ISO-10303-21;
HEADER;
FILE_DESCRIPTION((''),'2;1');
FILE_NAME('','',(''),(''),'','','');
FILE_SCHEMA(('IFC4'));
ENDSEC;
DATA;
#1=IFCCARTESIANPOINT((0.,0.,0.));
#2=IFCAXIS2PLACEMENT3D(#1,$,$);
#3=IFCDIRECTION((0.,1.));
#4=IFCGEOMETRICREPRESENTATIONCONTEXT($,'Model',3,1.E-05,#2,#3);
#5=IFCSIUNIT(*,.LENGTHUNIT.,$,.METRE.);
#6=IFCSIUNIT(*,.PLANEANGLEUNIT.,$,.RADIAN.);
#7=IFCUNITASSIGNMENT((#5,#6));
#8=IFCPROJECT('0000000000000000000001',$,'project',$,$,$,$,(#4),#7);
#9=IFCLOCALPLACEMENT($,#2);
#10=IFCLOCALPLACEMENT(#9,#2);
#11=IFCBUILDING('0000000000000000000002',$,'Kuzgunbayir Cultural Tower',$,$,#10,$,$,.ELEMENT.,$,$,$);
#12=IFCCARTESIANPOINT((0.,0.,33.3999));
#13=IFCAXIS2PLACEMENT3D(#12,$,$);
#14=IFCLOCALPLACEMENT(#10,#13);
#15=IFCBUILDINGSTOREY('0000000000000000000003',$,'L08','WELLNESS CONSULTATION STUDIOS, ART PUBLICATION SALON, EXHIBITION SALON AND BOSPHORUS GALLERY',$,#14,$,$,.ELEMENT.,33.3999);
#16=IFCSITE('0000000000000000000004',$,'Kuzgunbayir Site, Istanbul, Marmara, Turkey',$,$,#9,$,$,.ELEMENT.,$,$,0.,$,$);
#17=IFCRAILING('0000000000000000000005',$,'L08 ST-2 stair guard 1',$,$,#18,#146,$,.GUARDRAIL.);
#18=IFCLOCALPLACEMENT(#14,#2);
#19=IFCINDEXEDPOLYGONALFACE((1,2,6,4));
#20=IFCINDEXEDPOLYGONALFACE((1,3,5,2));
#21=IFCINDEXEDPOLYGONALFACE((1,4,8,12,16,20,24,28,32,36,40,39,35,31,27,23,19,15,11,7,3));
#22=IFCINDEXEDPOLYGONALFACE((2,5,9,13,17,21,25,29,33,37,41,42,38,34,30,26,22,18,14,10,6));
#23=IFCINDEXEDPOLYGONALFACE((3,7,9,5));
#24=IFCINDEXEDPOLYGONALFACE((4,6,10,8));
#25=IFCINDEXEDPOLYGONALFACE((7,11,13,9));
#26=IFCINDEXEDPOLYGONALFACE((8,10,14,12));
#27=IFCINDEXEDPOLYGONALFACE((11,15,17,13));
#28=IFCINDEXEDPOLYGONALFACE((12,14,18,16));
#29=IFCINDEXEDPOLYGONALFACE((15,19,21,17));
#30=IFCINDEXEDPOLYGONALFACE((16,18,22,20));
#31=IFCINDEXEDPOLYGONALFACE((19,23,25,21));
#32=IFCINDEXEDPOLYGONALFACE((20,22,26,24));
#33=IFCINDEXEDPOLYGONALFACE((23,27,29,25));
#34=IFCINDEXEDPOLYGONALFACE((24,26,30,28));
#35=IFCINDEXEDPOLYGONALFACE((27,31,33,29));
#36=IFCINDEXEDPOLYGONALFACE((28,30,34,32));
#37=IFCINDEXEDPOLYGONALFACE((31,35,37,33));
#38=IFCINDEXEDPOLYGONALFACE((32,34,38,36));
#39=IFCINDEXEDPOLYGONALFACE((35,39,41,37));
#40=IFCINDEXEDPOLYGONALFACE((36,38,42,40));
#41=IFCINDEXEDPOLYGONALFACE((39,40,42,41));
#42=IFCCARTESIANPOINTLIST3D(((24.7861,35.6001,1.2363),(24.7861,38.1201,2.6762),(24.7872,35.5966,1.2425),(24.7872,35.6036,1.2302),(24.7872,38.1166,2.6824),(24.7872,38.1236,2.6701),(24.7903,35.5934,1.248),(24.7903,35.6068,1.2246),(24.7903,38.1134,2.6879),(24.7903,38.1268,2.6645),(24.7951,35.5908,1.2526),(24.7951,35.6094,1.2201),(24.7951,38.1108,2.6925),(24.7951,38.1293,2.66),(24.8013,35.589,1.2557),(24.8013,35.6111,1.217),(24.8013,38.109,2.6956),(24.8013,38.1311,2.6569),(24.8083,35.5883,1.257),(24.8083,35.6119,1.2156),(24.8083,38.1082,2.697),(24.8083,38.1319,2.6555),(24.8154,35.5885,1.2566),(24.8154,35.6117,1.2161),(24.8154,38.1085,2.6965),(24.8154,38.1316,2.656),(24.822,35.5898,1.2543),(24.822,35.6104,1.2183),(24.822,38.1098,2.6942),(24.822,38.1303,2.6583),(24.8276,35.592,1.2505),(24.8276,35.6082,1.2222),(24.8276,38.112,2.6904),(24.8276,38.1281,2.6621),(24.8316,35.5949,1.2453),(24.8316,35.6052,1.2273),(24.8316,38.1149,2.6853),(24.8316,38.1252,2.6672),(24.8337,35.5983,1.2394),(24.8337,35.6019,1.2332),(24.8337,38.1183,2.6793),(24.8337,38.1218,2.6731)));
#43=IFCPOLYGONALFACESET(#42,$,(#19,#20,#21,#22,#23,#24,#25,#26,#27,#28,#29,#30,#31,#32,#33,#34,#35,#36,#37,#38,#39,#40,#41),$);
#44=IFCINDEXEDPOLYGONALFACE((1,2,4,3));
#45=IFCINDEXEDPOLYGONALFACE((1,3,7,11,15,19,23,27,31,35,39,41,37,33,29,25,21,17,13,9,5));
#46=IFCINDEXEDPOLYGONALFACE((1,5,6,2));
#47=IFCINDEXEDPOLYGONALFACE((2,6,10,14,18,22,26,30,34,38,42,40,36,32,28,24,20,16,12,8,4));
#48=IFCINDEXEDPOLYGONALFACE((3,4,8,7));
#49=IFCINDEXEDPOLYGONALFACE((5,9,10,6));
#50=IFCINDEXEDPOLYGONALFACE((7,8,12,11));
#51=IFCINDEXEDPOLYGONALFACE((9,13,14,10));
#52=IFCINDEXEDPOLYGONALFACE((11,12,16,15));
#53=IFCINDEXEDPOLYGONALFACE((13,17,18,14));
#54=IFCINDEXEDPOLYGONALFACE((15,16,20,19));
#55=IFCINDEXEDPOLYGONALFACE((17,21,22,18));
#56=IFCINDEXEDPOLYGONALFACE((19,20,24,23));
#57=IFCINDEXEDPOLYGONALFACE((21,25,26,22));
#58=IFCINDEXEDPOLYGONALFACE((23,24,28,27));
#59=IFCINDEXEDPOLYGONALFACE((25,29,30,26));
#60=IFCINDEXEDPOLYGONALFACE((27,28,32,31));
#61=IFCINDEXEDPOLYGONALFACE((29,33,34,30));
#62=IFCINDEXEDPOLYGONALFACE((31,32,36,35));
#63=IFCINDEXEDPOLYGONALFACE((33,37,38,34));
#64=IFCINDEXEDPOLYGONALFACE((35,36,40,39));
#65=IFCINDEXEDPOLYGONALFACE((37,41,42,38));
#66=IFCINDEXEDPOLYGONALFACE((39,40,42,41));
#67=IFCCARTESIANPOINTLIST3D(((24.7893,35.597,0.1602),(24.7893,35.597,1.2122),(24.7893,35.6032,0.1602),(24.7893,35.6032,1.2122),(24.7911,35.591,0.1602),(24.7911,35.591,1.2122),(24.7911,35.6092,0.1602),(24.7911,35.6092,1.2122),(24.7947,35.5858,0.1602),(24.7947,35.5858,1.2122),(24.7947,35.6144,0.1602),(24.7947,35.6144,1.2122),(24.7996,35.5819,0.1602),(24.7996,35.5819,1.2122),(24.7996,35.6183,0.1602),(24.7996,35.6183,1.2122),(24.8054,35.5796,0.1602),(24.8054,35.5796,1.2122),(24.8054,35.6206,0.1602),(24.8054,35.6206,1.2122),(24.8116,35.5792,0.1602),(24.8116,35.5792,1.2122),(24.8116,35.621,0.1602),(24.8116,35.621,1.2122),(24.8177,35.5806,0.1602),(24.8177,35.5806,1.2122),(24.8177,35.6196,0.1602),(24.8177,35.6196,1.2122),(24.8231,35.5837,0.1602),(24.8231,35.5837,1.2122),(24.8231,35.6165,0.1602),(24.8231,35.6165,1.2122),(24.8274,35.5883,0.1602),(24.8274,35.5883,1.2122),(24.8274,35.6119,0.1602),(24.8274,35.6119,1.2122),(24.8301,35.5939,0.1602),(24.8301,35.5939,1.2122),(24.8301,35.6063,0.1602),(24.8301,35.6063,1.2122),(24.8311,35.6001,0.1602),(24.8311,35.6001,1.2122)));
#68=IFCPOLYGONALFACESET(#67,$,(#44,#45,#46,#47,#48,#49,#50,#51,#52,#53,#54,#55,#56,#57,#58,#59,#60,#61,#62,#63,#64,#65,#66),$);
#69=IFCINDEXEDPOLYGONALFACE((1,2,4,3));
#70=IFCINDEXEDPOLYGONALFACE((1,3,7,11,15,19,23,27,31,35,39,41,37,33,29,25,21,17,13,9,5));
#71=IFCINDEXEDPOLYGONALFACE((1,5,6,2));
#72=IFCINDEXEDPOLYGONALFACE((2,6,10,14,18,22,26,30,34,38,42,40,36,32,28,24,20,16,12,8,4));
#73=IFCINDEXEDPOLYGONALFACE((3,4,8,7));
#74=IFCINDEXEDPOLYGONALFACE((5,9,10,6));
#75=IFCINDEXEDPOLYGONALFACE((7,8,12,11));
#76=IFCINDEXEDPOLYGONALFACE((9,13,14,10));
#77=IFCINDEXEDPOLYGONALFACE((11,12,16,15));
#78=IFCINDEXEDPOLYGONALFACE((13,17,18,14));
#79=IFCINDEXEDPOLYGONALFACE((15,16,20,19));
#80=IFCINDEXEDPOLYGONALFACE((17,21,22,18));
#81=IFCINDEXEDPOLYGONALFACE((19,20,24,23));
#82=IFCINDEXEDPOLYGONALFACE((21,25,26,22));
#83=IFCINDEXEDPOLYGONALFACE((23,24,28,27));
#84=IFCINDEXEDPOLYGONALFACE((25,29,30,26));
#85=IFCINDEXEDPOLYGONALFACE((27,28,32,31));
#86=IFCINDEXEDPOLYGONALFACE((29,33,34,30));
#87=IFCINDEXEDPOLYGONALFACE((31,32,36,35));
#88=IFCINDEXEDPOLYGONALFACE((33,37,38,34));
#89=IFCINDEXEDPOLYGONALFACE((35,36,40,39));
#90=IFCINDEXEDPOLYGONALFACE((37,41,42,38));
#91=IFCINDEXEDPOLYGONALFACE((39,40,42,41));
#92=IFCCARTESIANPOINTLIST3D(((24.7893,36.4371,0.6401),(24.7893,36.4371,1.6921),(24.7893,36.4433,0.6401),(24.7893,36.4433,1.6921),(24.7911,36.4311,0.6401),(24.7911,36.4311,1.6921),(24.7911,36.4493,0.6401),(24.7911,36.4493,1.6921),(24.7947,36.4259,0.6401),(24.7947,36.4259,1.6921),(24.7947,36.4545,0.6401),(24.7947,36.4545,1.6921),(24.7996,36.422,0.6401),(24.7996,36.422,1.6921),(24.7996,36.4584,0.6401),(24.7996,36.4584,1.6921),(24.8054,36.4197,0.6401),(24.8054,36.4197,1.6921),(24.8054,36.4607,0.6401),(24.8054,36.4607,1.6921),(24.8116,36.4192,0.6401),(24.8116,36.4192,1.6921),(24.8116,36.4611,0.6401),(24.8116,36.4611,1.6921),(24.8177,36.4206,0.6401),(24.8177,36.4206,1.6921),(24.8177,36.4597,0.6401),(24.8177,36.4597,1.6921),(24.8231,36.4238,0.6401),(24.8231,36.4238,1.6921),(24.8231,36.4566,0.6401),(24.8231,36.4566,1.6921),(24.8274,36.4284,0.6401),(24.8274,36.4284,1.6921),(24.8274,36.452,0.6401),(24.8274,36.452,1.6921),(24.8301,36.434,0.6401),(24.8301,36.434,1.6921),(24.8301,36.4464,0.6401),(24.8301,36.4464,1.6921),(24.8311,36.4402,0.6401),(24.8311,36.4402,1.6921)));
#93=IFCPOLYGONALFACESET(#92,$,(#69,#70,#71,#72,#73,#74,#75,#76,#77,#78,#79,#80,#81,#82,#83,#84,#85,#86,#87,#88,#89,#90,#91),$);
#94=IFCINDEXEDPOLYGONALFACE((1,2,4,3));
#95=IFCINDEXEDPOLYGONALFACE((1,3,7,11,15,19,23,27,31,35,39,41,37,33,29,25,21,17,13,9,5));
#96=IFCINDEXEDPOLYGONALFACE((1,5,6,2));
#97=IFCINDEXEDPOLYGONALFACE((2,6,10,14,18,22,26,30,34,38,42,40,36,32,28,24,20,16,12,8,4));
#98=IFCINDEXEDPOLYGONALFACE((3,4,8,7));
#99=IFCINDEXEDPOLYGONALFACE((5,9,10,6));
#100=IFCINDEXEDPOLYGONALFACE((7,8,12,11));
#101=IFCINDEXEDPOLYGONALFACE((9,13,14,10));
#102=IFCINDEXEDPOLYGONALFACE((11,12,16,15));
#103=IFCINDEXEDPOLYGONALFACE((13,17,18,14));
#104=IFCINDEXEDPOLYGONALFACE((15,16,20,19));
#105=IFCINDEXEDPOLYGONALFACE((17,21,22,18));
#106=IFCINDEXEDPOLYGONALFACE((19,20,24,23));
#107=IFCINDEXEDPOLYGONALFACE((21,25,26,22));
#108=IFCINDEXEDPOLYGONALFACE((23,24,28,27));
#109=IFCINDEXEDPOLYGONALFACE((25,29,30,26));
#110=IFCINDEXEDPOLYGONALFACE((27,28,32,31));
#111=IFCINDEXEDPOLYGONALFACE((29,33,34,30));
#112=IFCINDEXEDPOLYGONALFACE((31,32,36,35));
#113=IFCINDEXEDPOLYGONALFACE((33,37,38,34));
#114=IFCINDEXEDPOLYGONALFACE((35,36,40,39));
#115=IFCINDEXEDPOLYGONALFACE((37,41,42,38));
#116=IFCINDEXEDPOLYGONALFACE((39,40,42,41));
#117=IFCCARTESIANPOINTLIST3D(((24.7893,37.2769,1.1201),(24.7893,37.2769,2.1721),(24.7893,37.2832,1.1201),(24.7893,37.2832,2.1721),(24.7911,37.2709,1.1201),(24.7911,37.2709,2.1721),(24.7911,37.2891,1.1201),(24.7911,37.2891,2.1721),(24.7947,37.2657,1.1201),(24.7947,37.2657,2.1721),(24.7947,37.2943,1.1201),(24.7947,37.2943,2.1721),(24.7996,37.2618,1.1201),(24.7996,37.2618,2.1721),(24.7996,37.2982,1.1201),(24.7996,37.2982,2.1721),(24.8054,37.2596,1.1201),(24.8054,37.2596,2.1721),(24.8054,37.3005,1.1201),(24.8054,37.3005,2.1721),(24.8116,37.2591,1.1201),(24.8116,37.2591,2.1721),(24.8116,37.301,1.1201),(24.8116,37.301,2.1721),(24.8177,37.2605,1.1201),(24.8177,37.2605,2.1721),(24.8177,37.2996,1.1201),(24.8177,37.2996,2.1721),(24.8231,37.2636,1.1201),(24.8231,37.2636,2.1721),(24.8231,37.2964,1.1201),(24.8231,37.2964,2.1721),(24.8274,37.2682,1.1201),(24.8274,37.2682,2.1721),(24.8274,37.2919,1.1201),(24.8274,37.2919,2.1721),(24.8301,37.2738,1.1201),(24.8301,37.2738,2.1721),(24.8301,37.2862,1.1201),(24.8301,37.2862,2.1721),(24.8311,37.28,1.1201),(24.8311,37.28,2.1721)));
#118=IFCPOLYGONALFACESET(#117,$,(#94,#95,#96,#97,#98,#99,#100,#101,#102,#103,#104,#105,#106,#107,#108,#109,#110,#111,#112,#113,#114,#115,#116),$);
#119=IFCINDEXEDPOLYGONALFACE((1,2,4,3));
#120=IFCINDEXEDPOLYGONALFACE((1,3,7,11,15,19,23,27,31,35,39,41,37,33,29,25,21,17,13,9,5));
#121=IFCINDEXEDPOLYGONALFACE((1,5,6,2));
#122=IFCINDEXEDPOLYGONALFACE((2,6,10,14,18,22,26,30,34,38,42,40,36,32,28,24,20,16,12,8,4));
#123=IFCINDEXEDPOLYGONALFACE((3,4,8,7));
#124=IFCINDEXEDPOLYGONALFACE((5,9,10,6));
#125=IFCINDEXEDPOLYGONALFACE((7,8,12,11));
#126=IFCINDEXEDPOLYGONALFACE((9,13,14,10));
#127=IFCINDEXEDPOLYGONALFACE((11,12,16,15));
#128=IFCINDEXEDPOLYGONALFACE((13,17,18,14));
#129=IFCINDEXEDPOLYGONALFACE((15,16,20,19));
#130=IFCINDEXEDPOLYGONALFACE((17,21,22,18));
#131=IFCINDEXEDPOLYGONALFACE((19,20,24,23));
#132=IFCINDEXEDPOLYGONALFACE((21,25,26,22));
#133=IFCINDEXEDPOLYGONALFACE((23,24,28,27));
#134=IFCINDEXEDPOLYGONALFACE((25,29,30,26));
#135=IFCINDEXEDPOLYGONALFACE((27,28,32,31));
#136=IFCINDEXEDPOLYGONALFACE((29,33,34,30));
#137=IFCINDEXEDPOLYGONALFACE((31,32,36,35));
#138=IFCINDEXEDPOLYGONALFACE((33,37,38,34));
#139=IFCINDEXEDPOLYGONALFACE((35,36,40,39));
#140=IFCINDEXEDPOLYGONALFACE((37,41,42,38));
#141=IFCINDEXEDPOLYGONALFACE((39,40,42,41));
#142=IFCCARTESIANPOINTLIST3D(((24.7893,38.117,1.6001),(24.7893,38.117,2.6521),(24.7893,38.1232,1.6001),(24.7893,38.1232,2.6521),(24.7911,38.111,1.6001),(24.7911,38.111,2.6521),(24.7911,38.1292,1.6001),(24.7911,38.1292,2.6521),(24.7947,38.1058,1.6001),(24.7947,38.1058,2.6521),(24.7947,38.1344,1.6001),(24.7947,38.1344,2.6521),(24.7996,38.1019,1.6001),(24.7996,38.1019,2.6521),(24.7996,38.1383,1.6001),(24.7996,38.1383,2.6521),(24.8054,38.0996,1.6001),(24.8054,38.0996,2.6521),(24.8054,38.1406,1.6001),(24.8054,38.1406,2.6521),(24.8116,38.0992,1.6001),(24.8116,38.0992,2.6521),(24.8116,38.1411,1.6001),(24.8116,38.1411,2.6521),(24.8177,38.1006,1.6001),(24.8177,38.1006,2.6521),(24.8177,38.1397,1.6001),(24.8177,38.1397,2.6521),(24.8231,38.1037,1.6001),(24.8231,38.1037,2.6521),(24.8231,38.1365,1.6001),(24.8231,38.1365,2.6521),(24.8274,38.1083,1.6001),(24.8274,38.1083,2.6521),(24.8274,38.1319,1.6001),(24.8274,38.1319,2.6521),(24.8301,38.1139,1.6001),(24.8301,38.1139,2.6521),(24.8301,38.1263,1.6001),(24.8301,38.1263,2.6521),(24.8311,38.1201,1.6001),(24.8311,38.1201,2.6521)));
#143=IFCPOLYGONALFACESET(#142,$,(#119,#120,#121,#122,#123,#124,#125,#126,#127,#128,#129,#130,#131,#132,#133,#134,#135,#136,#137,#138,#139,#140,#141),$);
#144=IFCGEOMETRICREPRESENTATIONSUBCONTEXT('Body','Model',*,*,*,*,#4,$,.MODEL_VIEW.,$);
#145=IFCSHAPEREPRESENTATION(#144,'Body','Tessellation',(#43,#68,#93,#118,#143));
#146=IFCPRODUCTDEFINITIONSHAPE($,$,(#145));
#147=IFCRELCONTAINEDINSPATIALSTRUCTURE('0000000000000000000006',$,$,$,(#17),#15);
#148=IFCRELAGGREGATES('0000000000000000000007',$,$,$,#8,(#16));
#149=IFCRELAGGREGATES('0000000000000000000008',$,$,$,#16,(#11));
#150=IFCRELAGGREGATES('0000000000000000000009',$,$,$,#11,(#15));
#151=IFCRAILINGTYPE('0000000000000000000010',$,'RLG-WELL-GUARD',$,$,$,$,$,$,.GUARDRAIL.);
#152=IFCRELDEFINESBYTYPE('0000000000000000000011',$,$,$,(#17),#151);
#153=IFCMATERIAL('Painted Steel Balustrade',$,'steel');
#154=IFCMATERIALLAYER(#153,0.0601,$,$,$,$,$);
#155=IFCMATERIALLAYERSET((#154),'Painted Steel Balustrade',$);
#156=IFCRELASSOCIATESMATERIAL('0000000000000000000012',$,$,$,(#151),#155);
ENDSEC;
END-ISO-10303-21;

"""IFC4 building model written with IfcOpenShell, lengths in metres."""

from ifc_helpers import new_model, si_unit, direction, frame, origin, origin_2d, place, context, subcontext, project, spatial, circle, extrude, material, layer, layer_set, type_object, element, save


model = new_model("IFC4")

# Units and contexts
model_context = context("Model", 3, precision=1e-05, world=origin(), true_north=direction((0.0, 1.0)))
body_context = subcontext(model_context, "Body", "Model", "MODEL_VIEW")
ifc_project = project(units=[si_unit("LENGTHUNIT", "METRE"), si_unit("PLANEANGLEUNIT", "RADIAN")], contexts=[model_context])

# Site, building, storey
site_placement = place(None, origin())
site = spatial("IfcSite", under=ifc_project, at=site_placement, Name="Kuzgunbayir Site, Istanbul, Marmara, Turkey", CompositionType="ELEMENT", RefElevation=0.0)
building_placement = place(site_placement, origin())
building = spatial("IfcBuilding", under=site, at=building_placement, Name="Kuzgunbayir Cultural Tower", CompositionType="ELEMENT")
storey_placement = place(building_placement, frame((0.0, 0.0, 33.3999)))
storey = spatial("IfcBuildingStorey", under=building, at=storey_placement, Name="L08", Description="WELLNESS CONSULTATION STUDIOS, ART PUBLICATION SALON, EXHIBITION SALON AND BOSPHORUS GALLERY", CompositionType="ELEMENT", Elevation=33.3999)

# Railing
ifc_material_1 = material(Name="Painted Steel Balustrade", Category="steel")
ifc_layer_1 = layer(ifc_material_1, 0.0601)
ifc_layer_set_1 = layer_set([ifc_layer_1], Name="Painted Steel Balustrade")
railing_type_1 = type_object("IfcRailingType", Name="RLG-WELL-GUARD", PredefinedType="GUARDRAIL", material=ifc_layer_set_1)
railing_1_placement = place(storey_placement, frame((24.8101, 35.6001, 0.1602)))
element("IfcRailing", 1, at=railing_1_placement, inside=storey, type_object=railing_type_1, Name="L08 ST-2 stair guard 1", PredefinedType="GUARDRAIL", context=body_context, shape_type="SweptSolid", body=[
    extrude(circle(Radius=0.0239, at=origin_2d()), frame((0.0, 0.0, 1.0762), z_axis=(0.0, 0.868253, 0.496121), x_axis=(-1.0, 0.0, 0.0)), (0.0, 0.0, 1.0), 2.9023),
    extrude(circle(Radius=0.021, at=origin_2d()), origin(), (0.0, 0.0, 1.0), 1.052),
    extrude(circle(Radius=0.021, at=origin_2d()), frame((0.0, 0.8401, 0.48)), (0.0, 0.0, 1.0), 1.052),
    extrude(circle(Radius=0.021, at=origin_2d()), frame((0.0, 1.6799, 0.96)), (0.0, 0.0, 1.0), 1.052),
    extrude(circle(Radius=0.021, at=origin_2d()), frame((0.0, 2.52, 1.4399)), (0.0, 0.0, 1.0), 1.052),
])

save(model, "model.ifc")
